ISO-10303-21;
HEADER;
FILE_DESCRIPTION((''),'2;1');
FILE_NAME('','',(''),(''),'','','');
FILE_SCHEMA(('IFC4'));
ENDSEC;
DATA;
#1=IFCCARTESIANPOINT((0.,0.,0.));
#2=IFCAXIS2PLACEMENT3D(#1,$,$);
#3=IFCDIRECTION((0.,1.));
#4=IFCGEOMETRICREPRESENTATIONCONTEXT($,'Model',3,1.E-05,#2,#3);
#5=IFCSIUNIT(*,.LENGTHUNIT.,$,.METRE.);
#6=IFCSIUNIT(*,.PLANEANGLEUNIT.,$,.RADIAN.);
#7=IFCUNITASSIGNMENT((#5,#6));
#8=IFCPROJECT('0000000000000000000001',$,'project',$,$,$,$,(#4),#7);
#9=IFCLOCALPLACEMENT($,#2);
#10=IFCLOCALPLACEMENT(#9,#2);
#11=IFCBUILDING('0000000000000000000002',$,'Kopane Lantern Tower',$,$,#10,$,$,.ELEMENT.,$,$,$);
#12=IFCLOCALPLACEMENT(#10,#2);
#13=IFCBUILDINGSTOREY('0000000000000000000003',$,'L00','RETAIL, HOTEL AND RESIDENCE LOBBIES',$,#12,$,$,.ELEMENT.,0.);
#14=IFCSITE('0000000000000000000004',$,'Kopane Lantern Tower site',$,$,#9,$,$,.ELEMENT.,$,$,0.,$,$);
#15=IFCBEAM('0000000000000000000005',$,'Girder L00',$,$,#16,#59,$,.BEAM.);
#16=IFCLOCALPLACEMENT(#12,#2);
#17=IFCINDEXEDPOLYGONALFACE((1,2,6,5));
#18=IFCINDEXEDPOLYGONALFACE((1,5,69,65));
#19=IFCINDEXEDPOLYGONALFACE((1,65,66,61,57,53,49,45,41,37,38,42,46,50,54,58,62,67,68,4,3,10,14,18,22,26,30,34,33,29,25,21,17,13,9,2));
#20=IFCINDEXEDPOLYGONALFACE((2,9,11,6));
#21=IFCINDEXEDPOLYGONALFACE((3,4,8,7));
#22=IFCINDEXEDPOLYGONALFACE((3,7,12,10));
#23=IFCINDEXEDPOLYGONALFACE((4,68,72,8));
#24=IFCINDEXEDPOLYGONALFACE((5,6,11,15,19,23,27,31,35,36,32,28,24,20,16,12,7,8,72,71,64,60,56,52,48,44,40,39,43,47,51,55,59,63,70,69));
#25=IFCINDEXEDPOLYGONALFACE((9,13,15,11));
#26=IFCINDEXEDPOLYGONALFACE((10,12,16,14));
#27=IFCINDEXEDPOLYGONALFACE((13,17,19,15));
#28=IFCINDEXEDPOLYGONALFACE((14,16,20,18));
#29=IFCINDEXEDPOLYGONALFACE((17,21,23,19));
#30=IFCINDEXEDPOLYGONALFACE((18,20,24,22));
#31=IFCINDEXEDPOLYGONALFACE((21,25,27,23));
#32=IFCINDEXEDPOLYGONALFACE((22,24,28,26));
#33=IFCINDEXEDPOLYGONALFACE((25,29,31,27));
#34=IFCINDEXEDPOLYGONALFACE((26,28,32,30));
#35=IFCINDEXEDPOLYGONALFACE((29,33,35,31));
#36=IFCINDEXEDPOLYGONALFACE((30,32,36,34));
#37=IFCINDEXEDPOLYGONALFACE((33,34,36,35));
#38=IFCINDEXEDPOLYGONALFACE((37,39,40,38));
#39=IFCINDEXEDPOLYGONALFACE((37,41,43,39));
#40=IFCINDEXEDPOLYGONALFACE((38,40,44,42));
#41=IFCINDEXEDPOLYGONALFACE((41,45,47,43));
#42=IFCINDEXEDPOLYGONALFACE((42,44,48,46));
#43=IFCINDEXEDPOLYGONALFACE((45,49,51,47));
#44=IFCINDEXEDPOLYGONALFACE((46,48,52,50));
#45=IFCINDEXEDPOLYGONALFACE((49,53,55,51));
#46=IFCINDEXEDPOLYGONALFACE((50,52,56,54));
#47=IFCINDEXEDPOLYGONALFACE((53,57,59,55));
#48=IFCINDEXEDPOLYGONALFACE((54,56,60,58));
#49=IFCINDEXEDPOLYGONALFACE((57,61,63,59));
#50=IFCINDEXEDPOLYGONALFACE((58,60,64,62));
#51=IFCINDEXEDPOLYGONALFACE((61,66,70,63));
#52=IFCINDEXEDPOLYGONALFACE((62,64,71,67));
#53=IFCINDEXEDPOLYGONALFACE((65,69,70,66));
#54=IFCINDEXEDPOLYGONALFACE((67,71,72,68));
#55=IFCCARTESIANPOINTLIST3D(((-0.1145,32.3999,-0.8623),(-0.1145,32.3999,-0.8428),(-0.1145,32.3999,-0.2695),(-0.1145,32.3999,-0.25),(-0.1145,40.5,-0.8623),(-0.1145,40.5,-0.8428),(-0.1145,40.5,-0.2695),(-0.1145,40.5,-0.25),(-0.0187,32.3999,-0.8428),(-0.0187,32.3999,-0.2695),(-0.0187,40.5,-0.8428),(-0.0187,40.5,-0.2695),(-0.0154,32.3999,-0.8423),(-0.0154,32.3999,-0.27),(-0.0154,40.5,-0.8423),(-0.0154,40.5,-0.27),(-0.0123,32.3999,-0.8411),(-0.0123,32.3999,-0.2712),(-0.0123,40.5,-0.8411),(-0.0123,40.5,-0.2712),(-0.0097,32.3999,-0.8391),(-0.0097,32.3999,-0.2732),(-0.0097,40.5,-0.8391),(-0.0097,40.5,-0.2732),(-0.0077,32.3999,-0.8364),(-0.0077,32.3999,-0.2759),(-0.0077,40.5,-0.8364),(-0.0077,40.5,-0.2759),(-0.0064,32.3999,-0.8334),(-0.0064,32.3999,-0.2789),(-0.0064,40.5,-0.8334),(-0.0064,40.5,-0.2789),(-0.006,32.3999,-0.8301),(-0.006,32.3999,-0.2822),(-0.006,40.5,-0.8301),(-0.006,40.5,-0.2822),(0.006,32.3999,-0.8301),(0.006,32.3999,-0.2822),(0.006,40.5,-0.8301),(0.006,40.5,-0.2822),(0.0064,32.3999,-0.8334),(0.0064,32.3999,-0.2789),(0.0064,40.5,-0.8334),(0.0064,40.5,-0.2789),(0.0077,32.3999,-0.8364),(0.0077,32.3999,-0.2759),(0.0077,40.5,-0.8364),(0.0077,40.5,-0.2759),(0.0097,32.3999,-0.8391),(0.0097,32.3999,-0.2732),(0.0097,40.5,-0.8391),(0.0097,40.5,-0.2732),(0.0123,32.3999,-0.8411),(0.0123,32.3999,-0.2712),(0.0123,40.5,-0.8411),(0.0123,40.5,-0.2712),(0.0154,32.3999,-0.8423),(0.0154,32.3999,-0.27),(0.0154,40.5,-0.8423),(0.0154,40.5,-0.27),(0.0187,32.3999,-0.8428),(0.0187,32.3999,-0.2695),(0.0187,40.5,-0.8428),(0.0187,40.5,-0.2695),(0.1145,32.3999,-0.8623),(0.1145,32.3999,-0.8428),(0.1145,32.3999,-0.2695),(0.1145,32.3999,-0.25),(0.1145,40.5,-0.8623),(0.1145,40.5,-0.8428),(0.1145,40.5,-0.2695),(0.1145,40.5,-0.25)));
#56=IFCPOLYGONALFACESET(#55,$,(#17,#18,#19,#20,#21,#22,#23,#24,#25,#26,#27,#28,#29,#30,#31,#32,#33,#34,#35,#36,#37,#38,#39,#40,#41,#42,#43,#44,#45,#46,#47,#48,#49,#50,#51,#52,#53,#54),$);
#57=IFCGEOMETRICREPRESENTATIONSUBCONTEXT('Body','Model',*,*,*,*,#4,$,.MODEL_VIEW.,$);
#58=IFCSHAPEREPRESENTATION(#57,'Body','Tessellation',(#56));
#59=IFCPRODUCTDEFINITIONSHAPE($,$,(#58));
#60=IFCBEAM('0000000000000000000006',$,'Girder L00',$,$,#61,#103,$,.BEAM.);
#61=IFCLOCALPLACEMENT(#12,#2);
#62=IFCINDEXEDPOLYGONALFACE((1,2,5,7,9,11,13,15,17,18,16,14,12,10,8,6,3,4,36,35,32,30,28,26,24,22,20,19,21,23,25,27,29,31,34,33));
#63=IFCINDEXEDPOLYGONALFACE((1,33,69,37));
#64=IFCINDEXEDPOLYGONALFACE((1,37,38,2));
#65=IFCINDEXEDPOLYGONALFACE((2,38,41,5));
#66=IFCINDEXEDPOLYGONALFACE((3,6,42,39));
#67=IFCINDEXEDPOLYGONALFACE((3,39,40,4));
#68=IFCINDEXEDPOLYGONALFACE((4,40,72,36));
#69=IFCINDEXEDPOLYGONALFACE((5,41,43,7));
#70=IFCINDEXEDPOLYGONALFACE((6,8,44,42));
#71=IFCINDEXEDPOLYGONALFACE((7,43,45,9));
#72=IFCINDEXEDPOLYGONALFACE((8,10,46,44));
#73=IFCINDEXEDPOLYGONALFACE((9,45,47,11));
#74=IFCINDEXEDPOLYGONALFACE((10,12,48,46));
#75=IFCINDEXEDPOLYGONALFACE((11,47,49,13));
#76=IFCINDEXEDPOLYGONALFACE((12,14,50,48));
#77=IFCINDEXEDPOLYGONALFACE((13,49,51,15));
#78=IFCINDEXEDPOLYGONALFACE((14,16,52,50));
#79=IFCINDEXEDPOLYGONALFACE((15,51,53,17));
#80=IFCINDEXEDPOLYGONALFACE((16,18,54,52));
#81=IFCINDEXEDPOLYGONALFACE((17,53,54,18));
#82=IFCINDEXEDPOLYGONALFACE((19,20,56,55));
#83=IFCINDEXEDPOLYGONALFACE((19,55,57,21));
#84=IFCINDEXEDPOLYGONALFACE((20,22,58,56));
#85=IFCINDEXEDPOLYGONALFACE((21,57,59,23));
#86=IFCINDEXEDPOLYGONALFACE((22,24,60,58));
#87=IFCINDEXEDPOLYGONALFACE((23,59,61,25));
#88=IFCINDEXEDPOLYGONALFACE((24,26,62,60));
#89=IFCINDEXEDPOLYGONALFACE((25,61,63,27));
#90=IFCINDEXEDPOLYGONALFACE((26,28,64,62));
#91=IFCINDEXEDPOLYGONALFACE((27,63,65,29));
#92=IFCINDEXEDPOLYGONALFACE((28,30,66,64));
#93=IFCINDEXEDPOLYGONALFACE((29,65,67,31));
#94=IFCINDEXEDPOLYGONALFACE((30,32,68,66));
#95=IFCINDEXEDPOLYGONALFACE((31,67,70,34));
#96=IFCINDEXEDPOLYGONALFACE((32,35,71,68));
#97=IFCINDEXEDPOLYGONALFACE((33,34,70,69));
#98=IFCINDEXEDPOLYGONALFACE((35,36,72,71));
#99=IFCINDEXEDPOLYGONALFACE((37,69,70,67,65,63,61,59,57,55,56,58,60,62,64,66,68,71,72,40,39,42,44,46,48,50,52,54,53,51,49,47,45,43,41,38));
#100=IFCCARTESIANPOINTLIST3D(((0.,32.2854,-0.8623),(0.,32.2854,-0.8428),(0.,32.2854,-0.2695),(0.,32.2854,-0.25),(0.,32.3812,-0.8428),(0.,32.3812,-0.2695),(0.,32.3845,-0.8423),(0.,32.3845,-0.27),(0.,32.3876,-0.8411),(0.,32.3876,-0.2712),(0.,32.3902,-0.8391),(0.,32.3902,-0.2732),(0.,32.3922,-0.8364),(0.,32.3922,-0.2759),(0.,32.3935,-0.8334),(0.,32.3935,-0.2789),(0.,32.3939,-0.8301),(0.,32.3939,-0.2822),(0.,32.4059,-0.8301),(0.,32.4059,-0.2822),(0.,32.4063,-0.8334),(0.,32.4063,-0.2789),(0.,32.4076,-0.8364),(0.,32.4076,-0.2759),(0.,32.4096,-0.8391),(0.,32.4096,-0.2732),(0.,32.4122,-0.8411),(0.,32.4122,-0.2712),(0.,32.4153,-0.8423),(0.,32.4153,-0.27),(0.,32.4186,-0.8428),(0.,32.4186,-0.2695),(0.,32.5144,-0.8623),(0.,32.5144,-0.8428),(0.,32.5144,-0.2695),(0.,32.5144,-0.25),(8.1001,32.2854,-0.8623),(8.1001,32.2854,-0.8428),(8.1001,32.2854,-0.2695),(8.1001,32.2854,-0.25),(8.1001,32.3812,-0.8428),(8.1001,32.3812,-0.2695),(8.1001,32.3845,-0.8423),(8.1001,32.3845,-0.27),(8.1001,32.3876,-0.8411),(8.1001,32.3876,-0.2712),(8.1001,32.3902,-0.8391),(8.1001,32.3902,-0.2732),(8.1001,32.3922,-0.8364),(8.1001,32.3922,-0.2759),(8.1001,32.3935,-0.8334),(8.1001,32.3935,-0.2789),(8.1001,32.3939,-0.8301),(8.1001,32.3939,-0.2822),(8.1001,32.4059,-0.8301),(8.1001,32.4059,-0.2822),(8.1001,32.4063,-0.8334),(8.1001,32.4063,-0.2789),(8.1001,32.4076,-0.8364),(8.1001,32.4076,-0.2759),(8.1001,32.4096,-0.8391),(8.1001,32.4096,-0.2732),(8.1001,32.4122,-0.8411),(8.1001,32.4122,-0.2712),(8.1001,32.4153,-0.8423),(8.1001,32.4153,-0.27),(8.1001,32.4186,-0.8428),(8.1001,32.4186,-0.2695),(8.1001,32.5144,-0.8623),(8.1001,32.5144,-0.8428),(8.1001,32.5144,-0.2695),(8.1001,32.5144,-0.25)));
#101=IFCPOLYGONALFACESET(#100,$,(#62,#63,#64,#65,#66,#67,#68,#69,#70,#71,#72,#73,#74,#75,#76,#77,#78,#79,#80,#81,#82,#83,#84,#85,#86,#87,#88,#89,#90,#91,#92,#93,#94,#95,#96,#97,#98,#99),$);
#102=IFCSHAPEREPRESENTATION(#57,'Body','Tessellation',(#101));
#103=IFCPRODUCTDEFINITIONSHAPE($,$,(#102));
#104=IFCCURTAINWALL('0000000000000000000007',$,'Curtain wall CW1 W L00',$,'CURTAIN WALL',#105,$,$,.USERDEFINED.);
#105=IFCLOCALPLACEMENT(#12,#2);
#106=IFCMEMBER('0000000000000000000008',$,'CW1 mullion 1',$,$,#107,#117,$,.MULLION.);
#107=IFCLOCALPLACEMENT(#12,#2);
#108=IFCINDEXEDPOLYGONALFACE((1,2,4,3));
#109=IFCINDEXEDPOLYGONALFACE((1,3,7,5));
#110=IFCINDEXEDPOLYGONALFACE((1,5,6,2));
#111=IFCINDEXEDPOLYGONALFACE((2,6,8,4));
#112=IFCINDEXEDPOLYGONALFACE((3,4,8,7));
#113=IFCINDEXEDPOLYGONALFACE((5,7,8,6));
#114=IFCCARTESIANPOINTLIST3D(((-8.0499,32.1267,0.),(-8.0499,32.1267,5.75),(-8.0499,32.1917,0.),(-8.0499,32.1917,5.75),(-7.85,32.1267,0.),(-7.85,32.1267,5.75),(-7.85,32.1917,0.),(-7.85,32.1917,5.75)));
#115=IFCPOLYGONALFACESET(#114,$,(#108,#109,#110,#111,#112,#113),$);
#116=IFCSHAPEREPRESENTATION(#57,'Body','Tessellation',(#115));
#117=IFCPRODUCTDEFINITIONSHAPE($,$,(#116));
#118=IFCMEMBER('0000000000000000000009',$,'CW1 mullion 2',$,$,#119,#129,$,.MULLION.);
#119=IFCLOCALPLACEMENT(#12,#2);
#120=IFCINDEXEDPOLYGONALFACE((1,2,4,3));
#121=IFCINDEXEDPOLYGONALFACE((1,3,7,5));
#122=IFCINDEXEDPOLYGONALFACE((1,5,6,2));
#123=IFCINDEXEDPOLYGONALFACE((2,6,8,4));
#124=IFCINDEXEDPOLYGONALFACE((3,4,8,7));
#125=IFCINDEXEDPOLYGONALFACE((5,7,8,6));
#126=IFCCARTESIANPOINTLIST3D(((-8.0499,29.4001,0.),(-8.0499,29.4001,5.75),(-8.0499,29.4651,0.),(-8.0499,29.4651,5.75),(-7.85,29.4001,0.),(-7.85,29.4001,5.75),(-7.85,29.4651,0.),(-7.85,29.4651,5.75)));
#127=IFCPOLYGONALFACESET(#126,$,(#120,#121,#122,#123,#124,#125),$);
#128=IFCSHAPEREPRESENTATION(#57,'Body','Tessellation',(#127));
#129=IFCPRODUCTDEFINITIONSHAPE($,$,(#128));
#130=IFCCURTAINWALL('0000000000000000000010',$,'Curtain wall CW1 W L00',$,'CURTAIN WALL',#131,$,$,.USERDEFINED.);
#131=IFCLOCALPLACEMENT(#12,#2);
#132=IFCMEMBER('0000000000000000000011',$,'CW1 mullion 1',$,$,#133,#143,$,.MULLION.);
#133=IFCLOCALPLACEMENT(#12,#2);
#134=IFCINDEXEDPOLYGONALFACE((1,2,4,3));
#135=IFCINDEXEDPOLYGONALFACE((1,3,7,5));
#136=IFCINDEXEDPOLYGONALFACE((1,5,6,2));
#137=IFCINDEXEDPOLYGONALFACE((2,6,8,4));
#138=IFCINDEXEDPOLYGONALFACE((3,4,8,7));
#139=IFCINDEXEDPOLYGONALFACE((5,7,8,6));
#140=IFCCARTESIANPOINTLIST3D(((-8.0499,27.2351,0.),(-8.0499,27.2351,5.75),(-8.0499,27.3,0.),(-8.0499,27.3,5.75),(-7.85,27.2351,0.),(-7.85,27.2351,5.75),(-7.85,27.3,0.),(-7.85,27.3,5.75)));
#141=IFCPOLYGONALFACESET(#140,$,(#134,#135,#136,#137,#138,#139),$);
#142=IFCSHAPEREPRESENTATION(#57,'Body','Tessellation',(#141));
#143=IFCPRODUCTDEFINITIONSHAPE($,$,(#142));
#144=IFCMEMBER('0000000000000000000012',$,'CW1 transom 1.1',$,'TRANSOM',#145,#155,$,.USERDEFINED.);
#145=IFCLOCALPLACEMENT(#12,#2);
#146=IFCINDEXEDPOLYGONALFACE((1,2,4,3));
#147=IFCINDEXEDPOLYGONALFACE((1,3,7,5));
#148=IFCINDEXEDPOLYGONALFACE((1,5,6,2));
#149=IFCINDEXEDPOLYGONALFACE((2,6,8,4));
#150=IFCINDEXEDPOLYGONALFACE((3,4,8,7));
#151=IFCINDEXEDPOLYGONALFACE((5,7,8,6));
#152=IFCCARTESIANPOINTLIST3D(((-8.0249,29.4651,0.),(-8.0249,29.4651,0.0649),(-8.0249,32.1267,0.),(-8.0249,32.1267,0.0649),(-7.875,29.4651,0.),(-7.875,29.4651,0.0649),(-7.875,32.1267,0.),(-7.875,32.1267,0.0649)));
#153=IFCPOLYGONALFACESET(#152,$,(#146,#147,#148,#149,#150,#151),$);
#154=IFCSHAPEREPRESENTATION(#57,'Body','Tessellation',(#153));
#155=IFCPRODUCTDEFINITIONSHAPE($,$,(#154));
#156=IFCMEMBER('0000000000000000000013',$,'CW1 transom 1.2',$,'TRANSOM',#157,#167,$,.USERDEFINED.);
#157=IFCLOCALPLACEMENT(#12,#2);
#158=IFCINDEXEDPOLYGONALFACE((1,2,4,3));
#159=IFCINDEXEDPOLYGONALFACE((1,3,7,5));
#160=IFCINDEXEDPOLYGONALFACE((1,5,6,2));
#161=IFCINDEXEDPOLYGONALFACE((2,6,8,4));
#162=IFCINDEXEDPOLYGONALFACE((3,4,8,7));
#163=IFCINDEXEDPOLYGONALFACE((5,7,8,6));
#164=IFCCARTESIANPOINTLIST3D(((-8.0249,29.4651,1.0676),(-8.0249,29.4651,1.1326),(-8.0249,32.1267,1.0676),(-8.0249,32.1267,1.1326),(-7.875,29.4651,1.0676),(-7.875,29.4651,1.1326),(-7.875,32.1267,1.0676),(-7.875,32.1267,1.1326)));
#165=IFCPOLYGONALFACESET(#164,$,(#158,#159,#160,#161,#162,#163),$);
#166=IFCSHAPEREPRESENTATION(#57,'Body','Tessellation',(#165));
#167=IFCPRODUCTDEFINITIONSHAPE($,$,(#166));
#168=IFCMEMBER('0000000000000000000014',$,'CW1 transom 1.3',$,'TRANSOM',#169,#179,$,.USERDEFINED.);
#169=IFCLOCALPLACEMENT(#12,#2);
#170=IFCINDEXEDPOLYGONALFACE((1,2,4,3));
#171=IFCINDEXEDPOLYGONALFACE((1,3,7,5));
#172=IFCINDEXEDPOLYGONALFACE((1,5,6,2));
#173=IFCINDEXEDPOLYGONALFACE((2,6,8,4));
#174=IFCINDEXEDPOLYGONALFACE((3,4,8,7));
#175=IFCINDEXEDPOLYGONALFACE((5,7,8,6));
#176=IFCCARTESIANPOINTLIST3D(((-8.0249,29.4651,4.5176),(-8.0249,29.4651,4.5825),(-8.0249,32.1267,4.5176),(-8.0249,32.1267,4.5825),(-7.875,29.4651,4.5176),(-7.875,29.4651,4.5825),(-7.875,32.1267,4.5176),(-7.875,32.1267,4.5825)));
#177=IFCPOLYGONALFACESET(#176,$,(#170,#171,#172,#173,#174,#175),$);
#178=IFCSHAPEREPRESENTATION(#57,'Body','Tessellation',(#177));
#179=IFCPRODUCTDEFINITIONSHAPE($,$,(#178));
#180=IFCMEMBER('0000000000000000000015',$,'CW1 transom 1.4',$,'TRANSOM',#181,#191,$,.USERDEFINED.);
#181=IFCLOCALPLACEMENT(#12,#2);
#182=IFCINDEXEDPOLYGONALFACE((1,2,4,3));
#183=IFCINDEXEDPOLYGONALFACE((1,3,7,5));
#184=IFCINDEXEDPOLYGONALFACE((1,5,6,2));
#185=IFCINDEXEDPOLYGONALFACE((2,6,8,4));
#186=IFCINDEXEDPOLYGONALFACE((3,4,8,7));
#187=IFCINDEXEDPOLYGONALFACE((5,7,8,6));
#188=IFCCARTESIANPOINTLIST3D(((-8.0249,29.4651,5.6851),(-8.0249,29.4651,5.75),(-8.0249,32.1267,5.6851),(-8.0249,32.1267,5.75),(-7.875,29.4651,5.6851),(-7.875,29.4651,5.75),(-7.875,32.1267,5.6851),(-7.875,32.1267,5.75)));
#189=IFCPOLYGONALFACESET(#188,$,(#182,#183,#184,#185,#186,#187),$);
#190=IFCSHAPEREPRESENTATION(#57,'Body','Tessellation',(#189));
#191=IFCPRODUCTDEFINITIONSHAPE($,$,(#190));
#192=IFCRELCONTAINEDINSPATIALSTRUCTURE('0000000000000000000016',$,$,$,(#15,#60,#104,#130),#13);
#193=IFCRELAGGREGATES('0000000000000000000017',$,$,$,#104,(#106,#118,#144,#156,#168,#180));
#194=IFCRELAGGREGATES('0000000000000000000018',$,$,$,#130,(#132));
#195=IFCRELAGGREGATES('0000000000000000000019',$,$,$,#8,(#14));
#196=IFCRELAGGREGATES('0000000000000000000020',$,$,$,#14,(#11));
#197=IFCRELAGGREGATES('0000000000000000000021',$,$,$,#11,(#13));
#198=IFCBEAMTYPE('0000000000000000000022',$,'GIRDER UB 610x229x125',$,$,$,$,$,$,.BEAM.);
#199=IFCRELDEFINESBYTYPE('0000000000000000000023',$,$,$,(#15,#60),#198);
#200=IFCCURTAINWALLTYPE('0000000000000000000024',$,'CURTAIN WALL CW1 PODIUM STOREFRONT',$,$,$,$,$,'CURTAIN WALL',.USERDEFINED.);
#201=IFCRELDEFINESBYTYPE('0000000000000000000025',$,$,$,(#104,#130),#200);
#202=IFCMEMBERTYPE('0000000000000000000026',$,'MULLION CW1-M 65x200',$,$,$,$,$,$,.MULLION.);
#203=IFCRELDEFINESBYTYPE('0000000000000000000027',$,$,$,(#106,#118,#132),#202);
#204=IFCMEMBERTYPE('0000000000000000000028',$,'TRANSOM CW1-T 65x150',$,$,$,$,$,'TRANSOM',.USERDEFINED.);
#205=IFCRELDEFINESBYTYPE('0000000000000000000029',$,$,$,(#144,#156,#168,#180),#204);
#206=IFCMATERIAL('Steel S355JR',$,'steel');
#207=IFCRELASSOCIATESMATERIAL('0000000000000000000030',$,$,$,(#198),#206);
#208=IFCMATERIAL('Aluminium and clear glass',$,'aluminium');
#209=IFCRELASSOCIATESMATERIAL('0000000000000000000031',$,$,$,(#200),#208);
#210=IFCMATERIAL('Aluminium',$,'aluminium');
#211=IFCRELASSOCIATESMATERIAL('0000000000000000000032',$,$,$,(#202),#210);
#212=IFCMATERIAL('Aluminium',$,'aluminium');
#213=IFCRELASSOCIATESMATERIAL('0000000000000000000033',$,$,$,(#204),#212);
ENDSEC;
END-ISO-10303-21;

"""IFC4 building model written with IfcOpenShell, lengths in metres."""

from ifc_helpers import new_model, si_unit, direction, frame, origin, origin_2d, place, context, subcontext, project, spatial, rectangle, i_section, extrude, material, material_profile, profile_set, type_object, element, aggregate, save


model = new_model("IFC4")

# Units and contexts
model_context = context("Model", 3, precision=1e-05, world=origin(), true_north=direction((0.0, 1.0)))
body_context = subcontext(model_context, "Body", "Model", "MODEL_VIEW")
ifc_project = project(units=[si_unit("LENGTHUNIT", "METRE"), si_unit("PLANEANGLEUNIT", "RADIAN")], contexts=[model_context])

# Site, building, storey
site_placement = place(None, origin())
site = spatial("IfcSite", under=ifc_project, at=site_placement, Name="Kopane Lantern Tower site", CompositionType="ELEMENT", RefElevation=0.0)
building_placement = place(site_placement, origin())
building = spatial("IfcBuilding", under=site, at=building_placement, Name="Kopane Lantern Tower", CompositionType="ELEMENT")
storey_placement = place(building_placement, origin())
storey = spatial("IfcBuildingStorey", under=building, at=storey_placement, Name="L00", Description="RETAIL, HOTEL AND RESIDENCE LOBBIES", CompositionType="ELEMENT", Elevation=0.0)

# Beams
ifc_material_1 = material(Name="Steel S355JR", Category="steel")
ifc_material_profile_1 = material_profile(ifc_material_1, i_section(OverallWidth=0.229, OverallDepth=0.6123, WebThickness=0.012, FlangeThickness=0.0195, FilletRadius=0.0127, at=origin_2d()), Name="UB 610x229x125")
ifc_profile_set_1 = profile_set([ifc_material_profile_1], Name="Steel S355JR")
beam_type = type_object("IfcBeamType", Name="GIRDER UB 610x229x125", PredefinedType="BEAM", material=ifc_profile_set_1)
for number, where, z_axis, x_axis, name in (
    (1, (0.0, 32.3999, -0.5562), (0.0, 1.0, 0.0), (-1.0, 0.0, 0.0), "Girder L00"),
    (2, (0.0, 32.3999, -0.5562), (1.0, 0.0, 0.0), (0.0, 1.0, 0.0), "Girder L00"),
):
    element("IfcBeam", number, at=place(storey_placement, frame(where, z_axis=z_axis, x_axis=x_axis)), inside=storey, type_object=beam_type, Name=name, PredefinedType="BEAM", context=body_context, shape_type="SweptSolid", body=[
        extrude(i_section(OverallWidth=0.229, OverallDepth=0.6123, WebThickness=0.012, FlangeThickness=0.0195, FilletRadius=0.0127, at=origin_2d()), origin(), (0.0, 0.0, 1.0), 8.1001),
    ])

# Curtain wall, members
ifc_material_2 = material(Name="Aluminium and clear glass", Category="aluminium")
curtain_wall_type = type_object("IfcCurtainWallType", Name="CURTAIN WALL CW1 PODIUM STOREFRONT", ElementType="CURTAIN WALL", PredefinedType="USERDEFINED", material=ifc_material_2)
curtain_wall_1_placement = place(storey_placement, origin())
curtain_wall_1 = element("IfcCurtainWall", 3, at=curtain_wall_1_placement, inside=storey, type_object=curtain_wall_type, Name="Curtain wall CW1 W L00", ObjectType="CURTAIN WALL", PredefinedType="USERDEFINED")
ifc_material_3 = material(Name="Aluminium", Category="aluminium")
ifc_material_profile_2 = material_profile(ifc_material_3, rectangle(XDim=0.0649, YDim=0.2, at=origin_2d()), Name="AL 65x200")
ifc_profile_set_2 = profile_set([ifc_material_profile_2], Name="Aluminium")
member_type_1 = type_object("IfcMemberType", Name="MULLION CW1-M 65x200", PredefinedType="MULLION", material=ifc_profile_set_2)
member_1_placement = place(storey_placement, frame((-7.95, 32.1592, 0.0), z_axis=(0.0, 0.0, 1.0), x_axis=(0.0, -1.0, 0.0)))
member_1 = element("IfcMember", 4, at=member_1_placement, type_object=member_type_1, Name="CW1 mullion 1", PredefinedType="MULLION", context=body_context, shape_type="SweptSolid", body=[
    extrude(rectangle(XDim=0.0649, YDim=0.2, at=origin_2d()), origin(), (0.0, 0.0, 1.0), 5.75),
])
member_2_placement = place(storey_placement, frame((-7.95, 29.4326, 0.0), z_axis=(0.0, 0.0, 1.0), x_axis=(0.0, -1.0, 0.0)))
member_2 = element("IfcMember", 5, at=member_2_placement, type_object=member_type_1, Name="CW1 mullion 2", PredefinedType="MULLION", context=body_context, shape_type="SweptSolid", body=[
    extrude(rectangle(XDim=0.0649, YDim=0.2, at=origin_2d()), origin(), (0.0, 0.0, 1.0), 5.75),
])

# Curtain wall, member
curtain_wall_2_placement = place(storey_placement, origin())
curtain_wall_2 = element("IfcCurtainWall", 6, at=curtain_wall_2_placement, inside=storey, type_object=curtain_wall_type, Name="Curtain wall CW1 W L00", ObjectType="CURTAIN WALL", PredefinedType="USERDEFINED")
member_3_placement = place(storey_placement, frame((-7.95, 27.2676, 0.0), z_axis=(0.0, 0.0, 1.0), x_axis=(0.0, -1.0, 0.0)))
member_3 = element("IfcMember", 7, at=member_3_placement, type_object=member_type_1, Name="CW1 mullion 1", PredefinedType="MULLION", context=body_context, shape_type="SweptSolid", body=[
    extrude(rectangle(XDim=0.0649, YDim=0.2, at=origin_2d()), origin(), (0.0, 0.0, 1.0), 5.75),
])

# Members
ifc_material_4 = material(Name="Aluminium", Category="aluminium")
ifc_material_profile_3 = material_profile(ifc_material_4, rectangle(XDim=0.1499, YDim=0.0649, at=origin_2d()), Name="AL 150x65")
ifc_profile_set_3 = profile_set([ifc_material_profile_3], Name="Aluminium")
member_type_2 = type_object("IfcMemberType", Name="TRANSOM CW1-T 65x150", ElementType="TRANSOM", PredefinedType="USERDEFINED", material=ifc_profile_set_3)
member_4_placement = place(storey_placement, frame((-7.95, 32.1267, 0.0325), z_axis=(0.0, -1.0, 0.0), x_axis=(1.0, 0.0, 0.0)))
member_4 = element("IfcMember", 8, at=member_4_placement, type_object=member_type_2, Name="CW1 transom 1.1", ObjectType="TRANSOM", PredefinedType="USERDEFINED", context=body_context, shape_type="SweptSolid", body=[
    extrude(rectangle(XDim=0.1499, YDim=0.0649, at=origin_2d()), origin(), (0.0, 0.0, 1.0), 2.6616),
])
member_5_placement = place(storey_placement, frame((-7.95, 32.1267, 1.1001), z_axis=(0.0, -1.0, 0.0), x_axis=(1.0, 0.0, 0.0)))
member_5 = element("IfcMember", 9, at=member_5_placement, type_object=member_type_2, Name="CW1 transom 1.2", ObjectType="TRANSOM", PredefinedType="USERDEFINED", context=body_context, shape_type="SweptSolid", body=[
    extrude(rectangle(XDim=0.1499, YDim=0.0649, at=origin_2d()), origin(), (0.0, 0.0, 1.0), 2.6616),
])
member_6_placement = place(storey_placement, frame((-7.95, 32.1267, 4.55), z_axis=(0.0, -1.0, 0.0), x_axis=(1.0, 0.0, 0.0)))
member_6 = element("IfcMember", 10, at=member_6_placement, type_object=member_type_2, Name="CW1 transom 1.3", ObjectType="TRANSOM", PredefinedType="USERDEFINED", context=body_context, shape_type="SweptSolid", body=[
    extrude(rectangle(XDim=0.1499, YDim=0.0649, at=origin_2d()), origin(), (0.0, 0.0, 1.0), 2.6616),
])
member_7_placement = place(storey_placement, frame((-7.95, 32.1267, 5.7175), z_axis=(0.0, -1.0, 0.0), x_axis=(1.0, 0.0, 0.0)))
member_7 = element("IfcMember", 11, at=member_7_placement, type_object=member_type_2, Name="CW1 transom 1.4", ObjectType="TRANSOM", PredefinedType="USERDEFINED", context=body_context, shape_type="SweptSolid", body=[
    extrude(rectangle(XDim=0.1499, YDim=0.0649, at=origin_2d()), origin(), (0.0, 0.0, 1.0), 2.6616),
])

aggregate(curtain_wall_1, [member_1, member_2, member_4, member_5, member_6, member_7])
aggregate(curtain_wall_2, [member_3])

save(model, "model.ifc")
